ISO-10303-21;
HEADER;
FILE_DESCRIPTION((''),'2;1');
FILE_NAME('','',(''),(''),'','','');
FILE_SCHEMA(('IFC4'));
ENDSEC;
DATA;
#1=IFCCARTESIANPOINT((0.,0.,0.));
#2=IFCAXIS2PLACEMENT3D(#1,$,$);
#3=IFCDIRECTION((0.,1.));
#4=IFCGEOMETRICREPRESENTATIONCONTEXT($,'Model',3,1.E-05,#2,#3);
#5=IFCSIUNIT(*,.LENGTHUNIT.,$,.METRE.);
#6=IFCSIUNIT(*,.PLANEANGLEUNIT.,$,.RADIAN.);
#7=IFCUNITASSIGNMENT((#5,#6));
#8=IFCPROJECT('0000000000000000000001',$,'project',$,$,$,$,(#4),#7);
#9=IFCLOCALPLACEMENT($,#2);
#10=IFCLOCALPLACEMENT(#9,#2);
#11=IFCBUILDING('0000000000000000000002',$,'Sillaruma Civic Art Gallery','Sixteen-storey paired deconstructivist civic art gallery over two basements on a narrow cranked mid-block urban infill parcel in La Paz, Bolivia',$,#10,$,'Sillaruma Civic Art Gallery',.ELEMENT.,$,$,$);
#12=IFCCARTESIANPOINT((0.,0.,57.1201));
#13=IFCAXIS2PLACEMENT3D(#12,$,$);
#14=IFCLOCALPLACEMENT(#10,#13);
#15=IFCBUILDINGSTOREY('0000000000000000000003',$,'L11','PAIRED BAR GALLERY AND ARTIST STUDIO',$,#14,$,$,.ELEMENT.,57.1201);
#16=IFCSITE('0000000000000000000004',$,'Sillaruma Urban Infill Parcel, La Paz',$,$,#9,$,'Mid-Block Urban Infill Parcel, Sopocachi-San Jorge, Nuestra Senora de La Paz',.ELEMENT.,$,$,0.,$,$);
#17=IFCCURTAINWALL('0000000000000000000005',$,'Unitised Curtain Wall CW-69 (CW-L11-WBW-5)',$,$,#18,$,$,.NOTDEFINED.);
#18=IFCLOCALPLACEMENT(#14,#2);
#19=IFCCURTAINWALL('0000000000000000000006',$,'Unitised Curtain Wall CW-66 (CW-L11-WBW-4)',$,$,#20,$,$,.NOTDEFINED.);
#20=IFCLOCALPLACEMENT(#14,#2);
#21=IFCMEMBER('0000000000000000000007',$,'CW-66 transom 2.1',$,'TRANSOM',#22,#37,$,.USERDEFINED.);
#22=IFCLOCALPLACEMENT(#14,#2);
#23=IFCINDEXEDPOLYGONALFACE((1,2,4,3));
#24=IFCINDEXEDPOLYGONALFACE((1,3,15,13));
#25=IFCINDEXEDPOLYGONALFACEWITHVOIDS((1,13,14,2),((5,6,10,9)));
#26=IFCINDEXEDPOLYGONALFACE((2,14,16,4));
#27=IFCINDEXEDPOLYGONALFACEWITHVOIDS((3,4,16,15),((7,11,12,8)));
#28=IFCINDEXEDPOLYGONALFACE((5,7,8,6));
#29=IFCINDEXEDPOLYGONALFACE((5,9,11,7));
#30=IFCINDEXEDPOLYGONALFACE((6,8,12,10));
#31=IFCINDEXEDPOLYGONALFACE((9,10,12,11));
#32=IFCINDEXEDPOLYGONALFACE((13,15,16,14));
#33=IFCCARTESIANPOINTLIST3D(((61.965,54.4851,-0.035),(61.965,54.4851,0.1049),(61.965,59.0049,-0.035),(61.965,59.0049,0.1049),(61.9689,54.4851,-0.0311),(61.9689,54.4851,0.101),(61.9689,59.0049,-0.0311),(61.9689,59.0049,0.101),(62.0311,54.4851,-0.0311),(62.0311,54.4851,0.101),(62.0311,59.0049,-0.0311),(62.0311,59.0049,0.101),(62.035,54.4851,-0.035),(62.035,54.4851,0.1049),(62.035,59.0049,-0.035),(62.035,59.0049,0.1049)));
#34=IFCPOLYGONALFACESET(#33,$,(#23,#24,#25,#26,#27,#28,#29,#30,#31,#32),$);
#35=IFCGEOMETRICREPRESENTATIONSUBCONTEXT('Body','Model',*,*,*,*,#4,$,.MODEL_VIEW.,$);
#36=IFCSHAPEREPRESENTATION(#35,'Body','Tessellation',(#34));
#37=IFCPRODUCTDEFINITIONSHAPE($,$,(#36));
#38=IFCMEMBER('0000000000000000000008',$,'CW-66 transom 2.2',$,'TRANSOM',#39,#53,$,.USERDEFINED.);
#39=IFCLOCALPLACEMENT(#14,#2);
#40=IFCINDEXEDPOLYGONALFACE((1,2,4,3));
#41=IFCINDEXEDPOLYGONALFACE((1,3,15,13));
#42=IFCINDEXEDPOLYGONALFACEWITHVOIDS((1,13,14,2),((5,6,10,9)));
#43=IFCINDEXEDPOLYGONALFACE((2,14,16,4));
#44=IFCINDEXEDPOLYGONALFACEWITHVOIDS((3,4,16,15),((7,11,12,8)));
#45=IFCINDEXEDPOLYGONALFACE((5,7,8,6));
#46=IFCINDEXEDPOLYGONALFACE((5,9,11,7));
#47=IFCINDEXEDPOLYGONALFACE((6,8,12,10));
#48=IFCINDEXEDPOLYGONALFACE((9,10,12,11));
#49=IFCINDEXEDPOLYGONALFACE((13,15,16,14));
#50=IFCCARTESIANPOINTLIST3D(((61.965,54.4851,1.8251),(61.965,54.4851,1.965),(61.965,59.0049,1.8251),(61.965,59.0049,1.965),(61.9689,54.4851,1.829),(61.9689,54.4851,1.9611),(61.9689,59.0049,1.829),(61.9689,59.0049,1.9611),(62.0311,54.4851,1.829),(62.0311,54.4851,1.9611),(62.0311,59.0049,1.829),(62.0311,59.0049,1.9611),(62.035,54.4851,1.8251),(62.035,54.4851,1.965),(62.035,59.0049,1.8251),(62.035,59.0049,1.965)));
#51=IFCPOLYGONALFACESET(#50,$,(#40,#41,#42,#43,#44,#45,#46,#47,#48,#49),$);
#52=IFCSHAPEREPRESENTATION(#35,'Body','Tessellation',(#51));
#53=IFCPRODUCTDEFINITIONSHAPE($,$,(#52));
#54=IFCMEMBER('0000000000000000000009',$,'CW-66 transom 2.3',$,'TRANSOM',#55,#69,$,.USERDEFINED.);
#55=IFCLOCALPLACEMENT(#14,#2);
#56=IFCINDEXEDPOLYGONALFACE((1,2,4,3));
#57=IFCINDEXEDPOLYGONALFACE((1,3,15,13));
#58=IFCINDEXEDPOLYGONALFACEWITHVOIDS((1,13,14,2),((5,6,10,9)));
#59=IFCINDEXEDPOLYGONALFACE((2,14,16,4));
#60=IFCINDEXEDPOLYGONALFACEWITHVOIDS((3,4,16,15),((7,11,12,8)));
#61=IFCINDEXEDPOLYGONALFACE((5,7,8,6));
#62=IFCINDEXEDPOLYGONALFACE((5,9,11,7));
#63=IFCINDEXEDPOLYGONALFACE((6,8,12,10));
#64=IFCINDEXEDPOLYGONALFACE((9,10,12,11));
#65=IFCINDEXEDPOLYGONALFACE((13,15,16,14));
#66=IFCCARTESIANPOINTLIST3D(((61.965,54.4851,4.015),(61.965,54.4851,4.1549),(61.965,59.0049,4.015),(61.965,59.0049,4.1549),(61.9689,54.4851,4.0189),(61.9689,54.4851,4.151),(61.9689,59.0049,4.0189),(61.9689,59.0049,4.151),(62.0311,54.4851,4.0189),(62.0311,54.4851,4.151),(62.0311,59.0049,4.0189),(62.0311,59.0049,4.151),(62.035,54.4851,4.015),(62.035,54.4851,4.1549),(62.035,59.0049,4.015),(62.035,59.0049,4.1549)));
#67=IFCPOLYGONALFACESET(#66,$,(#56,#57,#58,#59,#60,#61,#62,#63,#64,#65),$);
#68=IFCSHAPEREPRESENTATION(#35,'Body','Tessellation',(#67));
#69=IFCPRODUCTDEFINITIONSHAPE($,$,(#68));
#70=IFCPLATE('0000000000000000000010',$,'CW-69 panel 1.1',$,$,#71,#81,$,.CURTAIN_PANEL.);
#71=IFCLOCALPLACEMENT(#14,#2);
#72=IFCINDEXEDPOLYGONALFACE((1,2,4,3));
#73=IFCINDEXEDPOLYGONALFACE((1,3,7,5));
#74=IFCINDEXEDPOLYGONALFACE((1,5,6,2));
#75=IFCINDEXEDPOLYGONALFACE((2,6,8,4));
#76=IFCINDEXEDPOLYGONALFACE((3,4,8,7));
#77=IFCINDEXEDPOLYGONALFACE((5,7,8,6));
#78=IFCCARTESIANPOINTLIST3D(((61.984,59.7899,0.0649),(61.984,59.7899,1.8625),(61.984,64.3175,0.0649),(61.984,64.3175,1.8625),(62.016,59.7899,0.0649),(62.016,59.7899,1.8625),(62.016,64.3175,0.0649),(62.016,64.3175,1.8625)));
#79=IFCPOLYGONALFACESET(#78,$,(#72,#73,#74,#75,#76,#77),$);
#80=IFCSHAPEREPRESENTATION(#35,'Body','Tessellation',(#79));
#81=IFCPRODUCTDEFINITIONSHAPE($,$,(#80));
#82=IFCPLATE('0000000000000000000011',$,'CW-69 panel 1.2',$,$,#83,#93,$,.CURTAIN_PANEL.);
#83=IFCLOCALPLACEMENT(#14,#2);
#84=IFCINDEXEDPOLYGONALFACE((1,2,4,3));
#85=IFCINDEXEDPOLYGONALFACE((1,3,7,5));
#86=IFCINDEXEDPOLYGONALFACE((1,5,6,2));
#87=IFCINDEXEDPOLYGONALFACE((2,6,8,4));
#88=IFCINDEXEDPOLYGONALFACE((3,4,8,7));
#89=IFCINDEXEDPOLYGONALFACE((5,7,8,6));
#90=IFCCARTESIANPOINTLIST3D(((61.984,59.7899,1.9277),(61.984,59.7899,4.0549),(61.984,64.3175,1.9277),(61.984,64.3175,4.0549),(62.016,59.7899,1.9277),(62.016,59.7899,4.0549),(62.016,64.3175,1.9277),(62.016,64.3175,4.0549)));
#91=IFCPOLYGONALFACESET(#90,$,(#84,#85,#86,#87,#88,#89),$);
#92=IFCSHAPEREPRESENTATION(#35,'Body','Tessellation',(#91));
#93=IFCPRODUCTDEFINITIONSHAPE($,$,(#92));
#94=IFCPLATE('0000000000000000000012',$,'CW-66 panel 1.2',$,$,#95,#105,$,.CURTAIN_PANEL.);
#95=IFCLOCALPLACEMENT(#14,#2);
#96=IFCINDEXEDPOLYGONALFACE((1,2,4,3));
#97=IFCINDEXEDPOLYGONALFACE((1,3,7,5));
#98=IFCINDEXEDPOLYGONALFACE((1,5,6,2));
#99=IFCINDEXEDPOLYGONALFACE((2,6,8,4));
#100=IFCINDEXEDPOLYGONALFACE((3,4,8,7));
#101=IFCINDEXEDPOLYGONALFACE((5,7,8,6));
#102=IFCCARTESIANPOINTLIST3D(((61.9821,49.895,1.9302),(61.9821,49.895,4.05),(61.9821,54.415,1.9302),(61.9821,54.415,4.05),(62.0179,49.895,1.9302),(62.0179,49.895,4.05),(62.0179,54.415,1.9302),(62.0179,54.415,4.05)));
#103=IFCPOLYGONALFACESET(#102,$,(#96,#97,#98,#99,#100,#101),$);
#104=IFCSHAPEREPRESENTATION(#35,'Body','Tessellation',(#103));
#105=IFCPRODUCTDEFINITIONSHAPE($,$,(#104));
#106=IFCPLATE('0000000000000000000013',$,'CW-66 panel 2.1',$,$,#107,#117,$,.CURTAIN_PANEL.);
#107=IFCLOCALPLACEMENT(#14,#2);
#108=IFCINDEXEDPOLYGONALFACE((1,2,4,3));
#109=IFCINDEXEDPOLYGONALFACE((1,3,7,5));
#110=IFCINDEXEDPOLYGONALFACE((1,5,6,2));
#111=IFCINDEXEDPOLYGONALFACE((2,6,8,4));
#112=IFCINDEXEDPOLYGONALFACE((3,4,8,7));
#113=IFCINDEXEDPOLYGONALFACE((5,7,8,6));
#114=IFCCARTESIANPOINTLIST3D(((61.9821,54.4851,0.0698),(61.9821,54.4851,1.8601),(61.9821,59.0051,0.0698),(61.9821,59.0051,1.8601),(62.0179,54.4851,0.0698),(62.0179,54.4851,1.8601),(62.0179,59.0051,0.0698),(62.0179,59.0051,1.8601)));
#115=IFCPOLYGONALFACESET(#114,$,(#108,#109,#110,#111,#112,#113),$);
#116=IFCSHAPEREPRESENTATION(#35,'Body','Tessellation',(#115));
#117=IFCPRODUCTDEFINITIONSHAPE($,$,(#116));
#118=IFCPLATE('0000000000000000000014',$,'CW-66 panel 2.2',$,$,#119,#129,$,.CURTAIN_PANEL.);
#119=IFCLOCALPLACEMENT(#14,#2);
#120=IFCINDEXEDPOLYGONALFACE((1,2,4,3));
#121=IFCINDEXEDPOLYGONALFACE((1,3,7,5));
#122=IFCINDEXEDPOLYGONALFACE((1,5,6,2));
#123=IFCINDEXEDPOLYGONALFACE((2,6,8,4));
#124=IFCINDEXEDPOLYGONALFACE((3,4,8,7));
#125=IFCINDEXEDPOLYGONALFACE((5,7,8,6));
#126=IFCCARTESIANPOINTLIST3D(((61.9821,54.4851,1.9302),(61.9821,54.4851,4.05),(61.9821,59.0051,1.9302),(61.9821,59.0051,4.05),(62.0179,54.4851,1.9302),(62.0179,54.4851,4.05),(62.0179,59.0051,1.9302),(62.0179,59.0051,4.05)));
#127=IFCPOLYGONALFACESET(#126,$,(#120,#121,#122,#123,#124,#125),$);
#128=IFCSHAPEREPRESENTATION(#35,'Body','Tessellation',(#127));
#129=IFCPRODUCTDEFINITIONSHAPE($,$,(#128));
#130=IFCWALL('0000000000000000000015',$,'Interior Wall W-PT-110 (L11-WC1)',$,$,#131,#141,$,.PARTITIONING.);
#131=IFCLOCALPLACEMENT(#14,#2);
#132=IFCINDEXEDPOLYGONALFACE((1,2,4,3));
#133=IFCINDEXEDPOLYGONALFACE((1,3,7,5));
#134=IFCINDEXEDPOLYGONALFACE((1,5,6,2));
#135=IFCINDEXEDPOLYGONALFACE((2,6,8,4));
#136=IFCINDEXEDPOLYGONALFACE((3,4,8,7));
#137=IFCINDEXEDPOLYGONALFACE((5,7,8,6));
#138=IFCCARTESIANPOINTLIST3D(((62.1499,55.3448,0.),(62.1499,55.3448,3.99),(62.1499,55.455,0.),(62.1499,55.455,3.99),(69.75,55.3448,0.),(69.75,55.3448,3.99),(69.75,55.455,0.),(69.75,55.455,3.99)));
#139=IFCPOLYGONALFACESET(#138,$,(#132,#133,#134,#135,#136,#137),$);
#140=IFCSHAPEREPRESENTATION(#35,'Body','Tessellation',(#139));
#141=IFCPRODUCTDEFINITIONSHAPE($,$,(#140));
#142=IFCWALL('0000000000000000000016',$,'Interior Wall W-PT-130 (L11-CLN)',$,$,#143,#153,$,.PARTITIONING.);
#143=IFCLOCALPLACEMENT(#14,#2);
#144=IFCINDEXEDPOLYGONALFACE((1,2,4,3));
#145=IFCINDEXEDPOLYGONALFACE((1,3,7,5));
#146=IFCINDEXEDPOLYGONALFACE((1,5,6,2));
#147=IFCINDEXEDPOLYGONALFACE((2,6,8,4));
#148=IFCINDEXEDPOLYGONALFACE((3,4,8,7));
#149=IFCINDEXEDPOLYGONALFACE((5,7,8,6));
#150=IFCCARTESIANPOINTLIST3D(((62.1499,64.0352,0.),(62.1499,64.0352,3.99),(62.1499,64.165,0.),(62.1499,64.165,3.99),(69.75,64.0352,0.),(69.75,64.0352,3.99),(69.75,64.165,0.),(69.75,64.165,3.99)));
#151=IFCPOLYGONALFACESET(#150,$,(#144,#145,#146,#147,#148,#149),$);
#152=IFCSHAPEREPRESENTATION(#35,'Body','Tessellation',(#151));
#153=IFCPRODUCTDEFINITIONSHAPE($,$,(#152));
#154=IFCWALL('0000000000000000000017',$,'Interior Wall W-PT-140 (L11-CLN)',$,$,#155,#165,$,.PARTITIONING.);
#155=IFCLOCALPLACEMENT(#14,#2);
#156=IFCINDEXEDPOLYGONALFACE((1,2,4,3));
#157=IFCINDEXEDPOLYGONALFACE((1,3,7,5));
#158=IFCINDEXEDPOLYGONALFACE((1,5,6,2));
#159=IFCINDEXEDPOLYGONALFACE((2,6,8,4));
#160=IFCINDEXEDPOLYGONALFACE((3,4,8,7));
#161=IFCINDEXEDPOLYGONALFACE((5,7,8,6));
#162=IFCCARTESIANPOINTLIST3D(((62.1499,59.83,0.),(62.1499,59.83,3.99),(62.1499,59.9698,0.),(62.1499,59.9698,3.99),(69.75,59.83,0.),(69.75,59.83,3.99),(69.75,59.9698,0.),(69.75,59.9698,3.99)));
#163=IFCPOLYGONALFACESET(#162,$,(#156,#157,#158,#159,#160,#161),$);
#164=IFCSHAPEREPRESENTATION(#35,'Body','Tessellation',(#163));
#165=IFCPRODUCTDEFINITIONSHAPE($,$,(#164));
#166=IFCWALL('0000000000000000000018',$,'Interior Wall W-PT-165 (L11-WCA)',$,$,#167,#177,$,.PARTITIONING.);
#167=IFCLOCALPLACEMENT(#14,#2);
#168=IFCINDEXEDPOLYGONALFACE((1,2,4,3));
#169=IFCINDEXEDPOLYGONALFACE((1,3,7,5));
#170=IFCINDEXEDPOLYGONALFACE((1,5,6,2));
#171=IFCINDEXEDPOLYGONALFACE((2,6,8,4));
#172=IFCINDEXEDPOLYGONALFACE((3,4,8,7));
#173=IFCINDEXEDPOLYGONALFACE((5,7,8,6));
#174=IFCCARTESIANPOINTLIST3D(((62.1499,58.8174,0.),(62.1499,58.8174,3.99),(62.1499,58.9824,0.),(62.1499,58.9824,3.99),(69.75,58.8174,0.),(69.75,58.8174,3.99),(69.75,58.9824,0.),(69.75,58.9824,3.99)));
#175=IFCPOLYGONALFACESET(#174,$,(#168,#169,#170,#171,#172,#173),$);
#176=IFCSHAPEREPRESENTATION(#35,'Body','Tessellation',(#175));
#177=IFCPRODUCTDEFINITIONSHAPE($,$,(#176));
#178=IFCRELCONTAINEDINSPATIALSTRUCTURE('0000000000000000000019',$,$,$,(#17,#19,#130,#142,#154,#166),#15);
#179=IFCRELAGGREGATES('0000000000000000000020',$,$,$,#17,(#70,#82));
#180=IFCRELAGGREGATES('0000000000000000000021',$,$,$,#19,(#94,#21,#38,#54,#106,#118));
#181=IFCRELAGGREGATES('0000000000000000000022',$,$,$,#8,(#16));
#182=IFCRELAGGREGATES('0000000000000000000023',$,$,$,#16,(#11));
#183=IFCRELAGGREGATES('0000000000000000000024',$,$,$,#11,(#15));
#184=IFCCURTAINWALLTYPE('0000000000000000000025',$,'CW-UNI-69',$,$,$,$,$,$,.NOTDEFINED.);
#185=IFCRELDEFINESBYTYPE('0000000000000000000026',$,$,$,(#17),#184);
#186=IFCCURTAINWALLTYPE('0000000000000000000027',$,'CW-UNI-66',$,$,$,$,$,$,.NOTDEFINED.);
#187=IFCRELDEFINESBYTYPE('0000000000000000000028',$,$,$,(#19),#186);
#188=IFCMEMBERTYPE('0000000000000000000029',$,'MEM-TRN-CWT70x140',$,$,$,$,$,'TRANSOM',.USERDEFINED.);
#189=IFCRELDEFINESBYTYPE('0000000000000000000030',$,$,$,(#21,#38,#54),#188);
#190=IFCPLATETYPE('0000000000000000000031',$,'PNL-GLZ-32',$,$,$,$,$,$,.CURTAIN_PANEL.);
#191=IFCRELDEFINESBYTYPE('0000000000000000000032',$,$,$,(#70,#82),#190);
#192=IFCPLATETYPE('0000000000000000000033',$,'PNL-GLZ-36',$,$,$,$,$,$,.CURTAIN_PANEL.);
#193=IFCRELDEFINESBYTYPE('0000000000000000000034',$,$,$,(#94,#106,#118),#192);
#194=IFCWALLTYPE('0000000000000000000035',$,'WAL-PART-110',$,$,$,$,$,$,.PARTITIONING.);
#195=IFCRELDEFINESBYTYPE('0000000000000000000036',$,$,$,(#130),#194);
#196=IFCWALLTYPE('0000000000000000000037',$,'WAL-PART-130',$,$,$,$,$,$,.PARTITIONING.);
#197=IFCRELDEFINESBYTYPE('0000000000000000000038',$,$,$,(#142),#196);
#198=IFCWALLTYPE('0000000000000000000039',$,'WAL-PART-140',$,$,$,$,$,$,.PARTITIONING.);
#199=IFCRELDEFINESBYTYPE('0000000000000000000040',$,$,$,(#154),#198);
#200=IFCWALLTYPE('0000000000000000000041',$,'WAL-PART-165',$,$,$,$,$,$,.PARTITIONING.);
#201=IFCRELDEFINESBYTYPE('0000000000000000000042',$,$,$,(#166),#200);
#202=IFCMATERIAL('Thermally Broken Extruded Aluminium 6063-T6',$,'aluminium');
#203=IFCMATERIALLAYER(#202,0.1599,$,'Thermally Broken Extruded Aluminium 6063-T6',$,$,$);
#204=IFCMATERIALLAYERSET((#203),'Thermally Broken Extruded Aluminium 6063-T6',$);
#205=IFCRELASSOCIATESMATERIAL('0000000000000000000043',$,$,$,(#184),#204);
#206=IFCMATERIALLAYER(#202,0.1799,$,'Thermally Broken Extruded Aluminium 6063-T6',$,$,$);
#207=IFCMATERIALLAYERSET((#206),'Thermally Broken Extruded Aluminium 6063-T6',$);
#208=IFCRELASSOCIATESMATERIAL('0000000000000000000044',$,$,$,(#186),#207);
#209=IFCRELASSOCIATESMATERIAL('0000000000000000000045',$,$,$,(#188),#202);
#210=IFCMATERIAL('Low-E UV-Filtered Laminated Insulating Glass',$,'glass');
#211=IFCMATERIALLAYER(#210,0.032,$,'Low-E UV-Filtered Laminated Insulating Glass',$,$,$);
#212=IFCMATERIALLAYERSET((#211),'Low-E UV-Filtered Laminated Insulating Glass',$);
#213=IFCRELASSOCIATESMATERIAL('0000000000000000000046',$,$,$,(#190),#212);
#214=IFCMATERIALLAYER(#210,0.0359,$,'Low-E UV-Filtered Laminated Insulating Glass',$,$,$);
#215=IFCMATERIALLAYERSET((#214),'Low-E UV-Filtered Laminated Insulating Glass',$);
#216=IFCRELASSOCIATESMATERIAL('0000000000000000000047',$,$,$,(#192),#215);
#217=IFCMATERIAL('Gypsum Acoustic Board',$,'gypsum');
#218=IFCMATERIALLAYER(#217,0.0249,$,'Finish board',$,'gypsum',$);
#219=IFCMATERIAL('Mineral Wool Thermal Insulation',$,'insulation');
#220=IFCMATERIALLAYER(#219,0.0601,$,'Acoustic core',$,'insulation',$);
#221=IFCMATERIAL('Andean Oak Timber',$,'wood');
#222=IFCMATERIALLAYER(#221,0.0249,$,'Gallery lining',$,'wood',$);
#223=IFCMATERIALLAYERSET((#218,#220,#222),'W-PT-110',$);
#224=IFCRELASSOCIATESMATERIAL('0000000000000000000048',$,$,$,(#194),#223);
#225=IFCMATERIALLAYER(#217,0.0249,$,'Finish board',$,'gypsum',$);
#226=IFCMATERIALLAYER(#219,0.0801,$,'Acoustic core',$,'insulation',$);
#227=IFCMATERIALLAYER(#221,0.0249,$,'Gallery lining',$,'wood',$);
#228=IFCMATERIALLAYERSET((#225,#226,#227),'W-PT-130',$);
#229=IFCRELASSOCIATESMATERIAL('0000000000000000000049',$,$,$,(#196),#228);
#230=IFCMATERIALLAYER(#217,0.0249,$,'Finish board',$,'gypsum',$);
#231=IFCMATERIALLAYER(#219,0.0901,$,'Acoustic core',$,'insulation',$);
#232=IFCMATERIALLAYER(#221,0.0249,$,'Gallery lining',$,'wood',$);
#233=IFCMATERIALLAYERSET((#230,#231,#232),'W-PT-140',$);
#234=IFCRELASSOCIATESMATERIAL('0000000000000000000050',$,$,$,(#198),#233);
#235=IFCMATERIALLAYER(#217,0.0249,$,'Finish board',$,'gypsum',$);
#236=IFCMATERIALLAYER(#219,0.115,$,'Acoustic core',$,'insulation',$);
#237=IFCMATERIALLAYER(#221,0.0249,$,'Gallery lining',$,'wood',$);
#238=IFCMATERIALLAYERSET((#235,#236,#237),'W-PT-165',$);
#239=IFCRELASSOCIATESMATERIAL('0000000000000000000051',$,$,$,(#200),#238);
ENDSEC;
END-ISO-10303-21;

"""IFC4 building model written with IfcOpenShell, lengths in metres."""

from ifc_helpers import new_model, si_unit, direction, frame, frame_2d, origin, origin_2d, place, context, subcontext, project, spatial, rectangle, hollow_rectangle, extrude, material, layer, layer_set, material_profile, profile_set, type_object, element, aggregate, save


model = new_model("IFC4")

# Units and contexts
model_context = context("Model", 3, precision=1e-05, world=origin(), true_north=direction((0.0, 1.0)))
body_context = subcontext(model_context, "Body", "Model", "MODEL_VIEW")
ifc_project = project(units=[si_unit("LENGTHUNIT", "METRE"), si_unit("PLANEANGLEUNIT", "RADIAN")], contexts=[model_context])

# Site, building, storey
site_placement = place(None, origin())
site = spatial("IfcSite", under=ifc_project, at=site_placement, Name="Sillaruma Urban Infill Parcel, La Paz", LongName="Mid-Block Urban Infill Parcel, Sopocachi-San Jorge, Nuestra Senora de La Paz", CompositionType="ELEMENT", RefElevation=0.0)
building_placement = place(site_placement, origin())
building = spatial("IfcBuilding", under=site, at=building_placement, Name="Sillaruma Civic Art Gallery", Description="Sixteen-storey paired deconstructivist civic art gallery over two basements on a narrow cranked mid-block urban infill parcel in La Paz, Bolivia", LongName="Sillaruma Civic Art Gallery", CompositionType="ELEMENT")
storey_placement = place(building_placement, frame((0.0, 0.0, 57.1201)))
storey = spatial("IfcBuildingStorey", under=building, at=storey_placement, Name="L11", Description="PAIRED BAR GALLERY AND ARTIST STUDIO", CompositionType="ELEMENT", Elevation=57.1201)

# Curtain wall
ifc_material_1 = material(Name="Thermally Broken Extruded Aluminium 6063-T6", Category="aluminium")
ifc_layer_1 = layer(ifc_material_1, 0.1599, Name="Thermally Broken Extruded Aluminium 6063-T6")
ifc_layer_set_1 = layer_set([ifc_layer_1], Name="Thermally Broken Extruded Aluminium 6063-T6")
curtain_wall_type_1 = type_object("IfcCurtainWallType", Name="CW-UNI-69", PredefinedType="NOTDEFINED", material=ifc_layer_set_1)
curtain_wall_1_placement = place(storey_placement, origin())
curtain_wall_1 = element("IfcCurtainWall", 1, at=curtain_wall_1_placement, inside=storey, type_object=curtain_wall_type_1, Name="Unitised Curtain Wall CW-69 (CW-L11-WBW-5)", PredefinedType="NOTDEFINED")

# Curtain wall
ifc_layer_2 = layer(ifc_material_1, 0.1799, Name="Thermally Broken Extruded Aluminium 6063-T6")
ifc_layer_set_2 = layer_set([ifc_layer_2], Name="Thermally Broken Extruded Aluminium 6063-T6")
curtain_wall_type_2 = type_object("IfcCurtainWallType", Name="CW-UNI-66", PredefinedType="NOTDEFINED", material=ifc_layer_set_2)
curtain_wall_2_placement = place(storey_placement, origin())
curtain_wall_2 = element("IfcCurtainWall", 2, at=curtain_wall_2_placement, inside=storey, type_object=curtain_wall_type_2, Name="Unitised Curtain Wall CW-66 (CW-L11-WBW-4)", PredefinedType="NOTDEFINED")

# Members
ifc_material_profile_1 = material_profile(ifc_material_1, hollow_rectangle(XDim=0.0701, YDim=0.1399, WallThickness=0.0039, at=origin_2d()), Name="CWT70x140")
ifc_profile_set_1 = profile_set([ifc_material_profile_1], Name="Thermally Broken Extruded Aluminium 6063-T6")
member_type_1 = type_object("IfcMemberType", Name="MEM-TRN-CWT70x140", ElementType="TRANSOM", PredefinedType="USERDEFINED", material=ifc_profile_set_1)
member_1_placement = place(storey_placement, frame((62.0, 54.4851, 0.0349), z_axis=(0.0, 1.0, 0.0), x_axis=(-1.0, 0.0, 0.0)))
member_1 = element("IfcMember", 3, at=member_1_placement, type_object=member_type_1, Name="CW-66 transom 2.1", ObjectType="TRANSOM", PredefinedType="USERDEFINED", context=body_context, shape_type="SweptSolid", body=[
    extrude(hollow_rectangle(XDim=0.0701, YDim=0.1399, WallThickness=0.0039, at=origin_2d()), origin(), (0.0, 0.0, 1.0), 4.5198),
])
member_2_placement = place(storey_placement, frame((62.0, 54.4851, 1.895), z_axis=(0.0, 1.0, 0.0), x_axis=(-1.0, 0.0, 0.0)))
member_2 = element("IfcMember", 4, at=member_2_placement, type_object=member_type_1, Name="CW-66 transom 2.2", ObjectType="TRANSOM", PredefinedType="USERDEFINED", context=body_context, shape_type="SweptSolid", body=[
    extrude(hollow_rectangle(XDim=0.0701, YDim=0.1399, WallThickness=0.0039, at=origin_2d()), origin(), (0.0, 0.0, 1.0), 4.5198),
])
member_3_placement = place(storey_placement, frame((62.0, 54.4851, 4.085), z_axis=(0.0, 1.0, 0.0), x_axis=(-1.0, 0.0, 0.0)))
member_3 = element("IfcMember", 5, at=member_3_placement, type_object=member_type_1, Name="CW-66 transom 2.3", ObjectType="TRANSOM", PredefinedType="USERDEFINED", context=body_context, shape_type="SweptSolid", body=[
    extrude(hollow_rectangle(XDim=0.0701, YDim=0.1399, WallThickness=0.0039, at=origin_2d()), origin(), (0.0, 0.0, 1.0), 4.5198),
])

# Plates
ifc_material_2 = material(Name="Low-E UV-Filtered Laminated Insulating Glass", Category="glass")
ifc_layer_3 = layer(ifc_material_2, 0.032, Name="Low-E UV-Filtered Laminated Insulating Glass")
ifc_layer_set_3 = layer_set([ifc_layer_3], Name="Low-E UV-Filtered Laminated Insulating Glass")
plate_type_1 = type_object("IfcPlateType", Name="PNL-GLZ-32", PredefinedType="CURTAIN_PANEL", material=ifc_layer_set_3)
plate_1_placement = place(storey_placement, frame((62.0, 62.0537, 0.0649), z_axis=(0.0, 0.0, 1.0), x_axis=(0.0, 1.0, 0.0)))
plate_1 = element("IfcPlate", 6, at=plate_1_placement, type_object=plate_type_1, Name="CW-69 panel 1.1", PredefinedType="CURTAIN_PANEL", context=body_context, shape_type="SweptSolid", body=[
    extrude(rectangle(XDim=4.5276, YDim=0.032, at=origin_2d()), origin(), (0.0, 0.0, 1.0), 1.7976),
])
plate_2_placement = place(storey_placement, frame((62.0, 62.0537, 1.9277), z_axis=(0.0, 0.0, 1.0), x_axis=(0.0, 1.0, 0.0)))
plate_2 = element("IfcPlate", 7, at=plate_2_placement, type_object=plate_type_1, Name="CW-69 panel 1.2", PredefinedType="CURTAIN_PANEL", context=body_context, shape_type="SweptSolid", body=[
    extrude(rectangle(XDim=4.5276, YDim=0.032, at=origin_2d()), origin(), (0.0, 0.0, 1.0), 2.1272),
])
aggregate(curtain_wall_1, [plate_1, plate_2])
ifc_layer_4 = layer(ifc_material_2, 0.0359, Name="Low-E UV-Filtered Laminated Insulating Glass")
ifc_layer_set_4 = layer_set([ifc_layer_4], Name="Low-E UV-Filtered Laminated Insulating Glass")
plate_type_2 = type_object("IfcPlateType", Name="PNL-GLZ-36", PredefinedType="CURTAIN_PANEL", material=ifc_layer_set_4)
plate_3_placement = place(storey_placement, frame((62.0, 52.155, 1.9302), z_axis=(0.0, 0.0, 1.0), x_axis=(0.0, 1.0, 0.0)))
plate_3 = element("IfcPlate", 8, at=plate_3_placement, type_object=plate_type_2, Name="CW-66 panel 1.2", PredefinedType="CURTAIN_PANEL", context=body_context, shape_type="SweptSolid", body=[
    extrude(rectangle(XDim=4.52, YDim=0.0359, at=origin_2d()), origin(), (0.0, 0.0, 1.0), 2.1199),
])
plate_4_placement = place(storey_placement, frame((62.0, 56.7451, 0.0698), z_axis=(0.0, 0.0, 1.0), x_axis=(0.0, 1.0, 0.0)))
plate_4 = element("IfcPlate", 9, at=plate_4_placement, type_object=plate_type_2, Name="CW-66 panel 2.1", PredefinedType="CURTAIN_PANEL", context=body_context, shape_type="SweptSolid", body=[
    extrude(rectangle(XDim=4.52, YDim=0.0359, at=origin_2d()), origin(), (0.0, 0.0, 1.0), 1.7903),
])
plate_5_placement = place(storey_placement, frame((62.0, 56.7451, 1.9302), z_axis=(0.0, 0.0, 1.0), x_axis=(0.0, 1.0, 0.0)))
plate_5 = element("IfcPlate", 10, at=plate_5_placement, type_object=plate_type_2, Name="CW-66 panel 2.2", PredefinedType="CURTAIN_PANEL", context=body_context, shape_type="SweptSolid", body=[
    extrude(rectangle(XDim=4.52, YDim=0.0359, at=origin_2d()), origin(), (0.0, 0.0, 1.0), 2.1199),
])
aggregate(curtain_wall_2, [plate_3, member_1, member_2, member_3, plate_4, plate_5])

# Walls
ifc_material_3 = material(Name="Gypsum Acoustic Board", Category="gypsum")
ifc_layer_5 = layer(ifc_material_3, 0.0249, Name="Finish board", Category="gypsum")
ifc_material_4 = material(Name="Mineral Wool Thermal Insulation", Category="insulation")
ifc_layer_6 = layer(ifc_material_4, 0.0601, Name="Acoustic core", Category="insulation")
ifc_material_5 = material(Name="Andean Oak Timber", Category="wood")
ifc_layer_7 = layer(ifc_material_5, 0.0249, Name="Gallery lining", Category="wood")
ifc_layer_set_5 = layer_set([ifc_layer_5, ifc_layer_6, ifc_layer_7], Name="W-PT-110")
wall_type_1 = type_object("IfcWallType", Name="WAL-PART-110", PredefinedType="PARTITIONING", material=ifc_layer_set_5)
wall_1_placement = place(storey_placement, frame((62.1499, 55.3999, 0.0), z_axis=(0.0, 0.0, 1.0), x_axis=(1.0, 0.0, 0.0)))
element("IfcWall", 11, at=wall_1_placement, inside=storey, type_object=wall_type_1, Name="Interior Wall W-PT-110 (L11-WC1)", PredefinedType="PARTITIONING", context=body_context, shape_type="SweptSolid", body=[
    extrude(rectangle(XDim=7.6001, YDim=0.1101, at=frame_2d((3.8, 0.0))), origin(), (0.0, 0.0, 1.0), 3.99),
])
ifc_layer_8 = layer(ifc_material_3, 0.0249, Name="Finish board", Category="gypsum")
ifc_layer_9 = layer(ifc_material_4, 0.0801, Name="Acoustic core", Category="insulation")
ifc_layer_10 = layer(ifc_material_5, 0.0249, Name="Gallery lining", Category="wood")
ifc_layer_set_6 = layer_set([ifc_layer_8, ifc_layer_9, ifc_layer_10], Name="W-PT-130")
wall_type_2 = type_object("IfcWallType", Name="WAL-PART-130", PredefinedType="PARTITIONING", material=ifc_layer_set_6)
wall_2_placement = place(storey_placement, frame((62.1499, 64.1001, 0.0), z_axis=(0.0, 0.0, 1.0), x_axis=(1.0, 0.0, 0.0)))
element("IfcWall", 12, at=wall_2_placement, inside=storey, type_object=wall_type_2, Name="Interior Wall W-PT-130 (L11-CLN)", PredefinedType="PARTITIONING", context=body_context, shape_type="SweptSolid", body=[
    extrude(rectangle(XDim=7.6001, YDim=0.1299, at=frame_2d((3.8, 0.0))), origin(), (0.0, 0.0, 1.0), 3.99),
])
ifc_layer_11 = layer(ifc_material_3, 0.0249, Name="Finish board", Category="gypsum")
ifc_layer_12 = layer(ifc_material_4, 0.0901, Name="Acoustic core", Category="insulation")
ifc_layer_13 = layer(ifc_material_5, 0.0249, Name="Gallery lining", Category="wood")
ifc_layer_set_7 = layer_set([ifc_layer_11, ifc_layer_12, ifc_layer_13], Name="W-PT-140")
wall_type_3 = type_object("IfcWallType", Name="WAL-PART-140", PredefinedType="PARTITIONING", material=ifc_layer_set_7)
wall_3_placement = place(storey_placement, frame((62.1499, 59.8999, 0.0), z_axis=(0.0, 0.0, 1.0), x_axis=(1.0, 0.0, 0.0)))
element("IfcWall", 13, at=wall_3_placement, inside=storey, type_object=wall_type_3, Name="Interior Wall W-PT-140 (L11-CLN)", PredefinedType="PARTITIONING", context=body_context, shape_type="SweptSolid", body=[
    extrude(rectangle(XDim=7.6001, YDim=0.1399, at=frame_2d((3.8, 0.0))), origin(), (0.0, 0.0, 1.0), 3.99),
])
ifc_layer_14 = layer(ifc_material_3, 0.0249, Name="Finish board", Category="gypsum")
ifc_layer_15 = layer(ifc_material_4, 0.115, Name="Acoustic core", Category="insulation")
ifc_layer_16 = layer(ifc_material_5, 0.0249, Name="Gallery lining", Category="wood")
ifc_layer_set_8 = layer_set([ifc_layer_14, ifc_layer_15, ifc_layer_16], Name="W-PT-165")
wall_type_4 = type_object("IfcWallType", Name="WAL-PART-165", PredefinedType="PARTITIONING", material=ifc_layer_set_8)
wall_4_placement = place(storey_placement, frame((62.1499, 58.8999, 0.0), z_axis=(0.0, 0.0, 1.0), x_axis=(1.0, 0.0, 0.0)))
element("IfcWall", 14, at=wall_4_placement, inside=storey, type_object=wall_type_4, Name="Interior Wall W-PT-165 (L11-WCA)", PredefinedType="PARTITIONING", context=body_context, shape_type="SweptSolid", body=[
    extrude(rectangle(XDim=7.6001, YDim=0.165, at=frame_2d((3.8, 0.0))), origin(), (0.0, 0.0, 1.0), 3.99),
])

save(model, "model.ifc")
